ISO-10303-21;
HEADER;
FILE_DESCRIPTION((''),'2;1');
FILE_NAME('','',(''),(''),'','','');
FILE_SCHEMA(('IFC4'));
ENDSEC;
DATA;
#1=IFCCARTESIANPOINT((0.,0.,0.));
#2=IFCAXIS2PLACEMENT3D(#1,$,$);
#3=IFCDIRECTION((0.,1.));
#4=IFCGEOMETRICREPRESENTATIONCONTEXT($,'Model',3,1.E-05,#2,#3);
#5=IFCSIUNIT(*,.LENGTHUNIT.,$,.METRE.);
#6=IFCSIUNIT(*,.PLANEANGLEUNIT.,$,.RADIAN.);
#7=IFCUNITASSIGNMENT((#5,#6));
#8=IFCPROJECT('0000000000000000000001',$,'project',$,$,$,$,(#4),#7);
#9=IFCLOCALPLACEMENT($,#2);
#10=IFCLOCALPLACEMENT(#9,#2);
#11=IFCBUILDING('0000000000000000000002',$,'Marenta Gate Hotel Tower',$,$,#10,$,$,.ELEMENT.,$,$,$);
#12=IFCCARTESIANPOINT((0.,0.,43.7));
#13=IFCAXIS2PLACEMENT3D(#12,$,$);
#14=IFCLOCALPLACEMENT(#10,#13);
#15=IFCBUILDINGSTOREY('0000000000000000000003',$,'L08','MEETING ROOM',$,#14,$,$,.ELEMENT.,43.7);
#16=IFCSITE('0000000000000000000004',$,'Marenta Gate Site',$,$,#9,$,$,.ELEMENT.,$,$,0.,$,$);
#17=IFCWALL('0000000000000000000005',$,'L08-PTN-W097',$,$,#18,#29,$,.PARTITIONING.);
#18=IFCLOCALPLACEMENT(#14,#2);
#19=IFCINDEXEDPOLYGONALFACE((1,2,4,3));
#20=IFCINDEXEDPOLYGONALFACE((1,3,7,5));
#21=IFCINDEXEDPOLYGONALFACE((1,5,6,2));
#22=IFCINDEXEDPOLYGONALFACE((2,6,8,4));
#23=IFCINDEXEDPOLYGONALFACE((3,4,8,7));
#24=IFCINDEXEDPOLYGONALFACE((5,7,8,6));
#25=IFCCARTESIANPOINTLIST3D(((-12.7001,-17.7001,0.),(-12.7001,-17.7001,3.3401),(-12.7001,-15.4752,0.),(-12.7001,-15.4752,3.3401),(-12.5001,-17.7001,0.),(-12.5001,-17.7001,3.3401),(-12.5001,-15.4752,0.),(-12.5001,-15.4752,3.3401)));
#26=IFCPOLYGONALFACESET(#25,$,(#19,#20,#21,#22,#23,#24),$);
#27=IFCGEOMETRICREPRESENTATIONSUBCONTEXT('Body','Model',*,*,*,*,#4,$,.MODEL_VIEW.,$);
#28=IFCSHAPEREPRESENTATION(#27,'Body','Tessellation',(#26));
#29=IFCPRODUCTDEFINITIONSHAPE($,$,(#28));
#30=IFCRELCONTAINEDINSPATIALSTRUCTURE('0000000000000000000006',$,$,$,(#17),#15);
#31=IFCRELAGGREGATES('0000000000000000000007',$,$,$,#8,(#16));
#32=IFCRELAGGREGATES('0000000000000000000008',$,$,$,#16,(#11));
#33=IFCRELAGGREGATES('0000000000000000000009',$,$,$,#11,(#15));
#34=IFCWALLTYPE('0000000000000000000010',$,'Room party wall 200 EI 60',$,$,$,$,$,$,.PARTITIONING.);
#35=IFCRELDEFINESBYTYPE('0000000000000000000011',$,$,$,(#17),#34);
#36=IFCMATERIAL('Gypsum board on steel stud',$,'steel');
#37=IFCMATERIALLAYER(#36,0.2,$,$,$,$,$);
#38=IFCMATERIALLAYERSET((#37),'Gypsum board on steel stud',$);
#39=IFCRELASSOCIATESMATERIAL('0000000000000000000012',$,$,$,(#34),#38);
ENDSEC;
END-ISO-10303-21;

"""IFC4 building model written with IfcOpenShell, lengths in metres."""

from ifc_helpers import new_model, si_unit, direction, frame, frame_2d, origin, place, context, subcontext, project, spatial, rectangle, extrude, material, layer, layer_set, type_object, element, save


model = new_model("IFC4")

# Units and contexts
model_context = context("Model", 3, precision=1e-05, world=origin(), true_north=direction((0.0, 1.0)))
body_context = subcontext(model_context, "Body", "Model", "MODEL_VIEW")
ifc_project = project(units=[si_unit("LENGTHUNIT", "METRE"), si_unit("PLANEANGLEUNIT", "RADIAN")], contexts=[model_context])

# Site, building, storey
site_placement = place(None, origin())
site = spatial("IfcSite", under=ifc_project, at=site_placement, Name="Marenta Gate Site", CompositionType="ELEMENT", RefElevation=0.0)
building_placement = place(site_placement, origin())
building = spatial("IfcBuilding", under=site, at=building_placement, Name="Marenta Gate Hotel Tower", CompositionType="ELEMENT")
storey_placement = place(building_placement, frame((0.0, 0.0, 43.7)))
storey = spatial("IfcBuildingStorey", under=building, at=storey_placement, Name="L08", Description="MEETING ROOM", CompositionType="ELEMENT", Elevation=43.7)

# Wall
ifc_material_1 = material(Name="Gypsum board on steel stud", Category="steel")
ifc_layer_1 = layer(ifc_material_1, 0.2)
ifc_layer_set_1 = layer_set([ifc_layer_1], Name="Gypsum board on steel stud")
wall_type_1 = type_object("IfcWallType", Name="Room party wall 200 EI 60", PredefinedType="PARTITIONING", material=ifc_layer_set_1)
wall_1_placement = place(storey_placement, frame((-12.6001, -17.7, 0.0), z_axis=(0.0, 0.0, 1.0), x_axis=(0.0, 1.0, 0.0)))
element("IfcWall", 1, at=wall_1_placement, inside=storey, type_object=wall_type_1, Name="L08-PTN-W097", PredefinedType="PARTITIONING", context=body_context, shape_type="SweptSolid", body=[
    extrude(rectangle(XDim=2.2249, YDim=0.2, at=frame_2d((1.1123, 0.0))), origin(), (0.0, 0.0, 1.0), 3.3401),
])

save(model, "model.ifc")
